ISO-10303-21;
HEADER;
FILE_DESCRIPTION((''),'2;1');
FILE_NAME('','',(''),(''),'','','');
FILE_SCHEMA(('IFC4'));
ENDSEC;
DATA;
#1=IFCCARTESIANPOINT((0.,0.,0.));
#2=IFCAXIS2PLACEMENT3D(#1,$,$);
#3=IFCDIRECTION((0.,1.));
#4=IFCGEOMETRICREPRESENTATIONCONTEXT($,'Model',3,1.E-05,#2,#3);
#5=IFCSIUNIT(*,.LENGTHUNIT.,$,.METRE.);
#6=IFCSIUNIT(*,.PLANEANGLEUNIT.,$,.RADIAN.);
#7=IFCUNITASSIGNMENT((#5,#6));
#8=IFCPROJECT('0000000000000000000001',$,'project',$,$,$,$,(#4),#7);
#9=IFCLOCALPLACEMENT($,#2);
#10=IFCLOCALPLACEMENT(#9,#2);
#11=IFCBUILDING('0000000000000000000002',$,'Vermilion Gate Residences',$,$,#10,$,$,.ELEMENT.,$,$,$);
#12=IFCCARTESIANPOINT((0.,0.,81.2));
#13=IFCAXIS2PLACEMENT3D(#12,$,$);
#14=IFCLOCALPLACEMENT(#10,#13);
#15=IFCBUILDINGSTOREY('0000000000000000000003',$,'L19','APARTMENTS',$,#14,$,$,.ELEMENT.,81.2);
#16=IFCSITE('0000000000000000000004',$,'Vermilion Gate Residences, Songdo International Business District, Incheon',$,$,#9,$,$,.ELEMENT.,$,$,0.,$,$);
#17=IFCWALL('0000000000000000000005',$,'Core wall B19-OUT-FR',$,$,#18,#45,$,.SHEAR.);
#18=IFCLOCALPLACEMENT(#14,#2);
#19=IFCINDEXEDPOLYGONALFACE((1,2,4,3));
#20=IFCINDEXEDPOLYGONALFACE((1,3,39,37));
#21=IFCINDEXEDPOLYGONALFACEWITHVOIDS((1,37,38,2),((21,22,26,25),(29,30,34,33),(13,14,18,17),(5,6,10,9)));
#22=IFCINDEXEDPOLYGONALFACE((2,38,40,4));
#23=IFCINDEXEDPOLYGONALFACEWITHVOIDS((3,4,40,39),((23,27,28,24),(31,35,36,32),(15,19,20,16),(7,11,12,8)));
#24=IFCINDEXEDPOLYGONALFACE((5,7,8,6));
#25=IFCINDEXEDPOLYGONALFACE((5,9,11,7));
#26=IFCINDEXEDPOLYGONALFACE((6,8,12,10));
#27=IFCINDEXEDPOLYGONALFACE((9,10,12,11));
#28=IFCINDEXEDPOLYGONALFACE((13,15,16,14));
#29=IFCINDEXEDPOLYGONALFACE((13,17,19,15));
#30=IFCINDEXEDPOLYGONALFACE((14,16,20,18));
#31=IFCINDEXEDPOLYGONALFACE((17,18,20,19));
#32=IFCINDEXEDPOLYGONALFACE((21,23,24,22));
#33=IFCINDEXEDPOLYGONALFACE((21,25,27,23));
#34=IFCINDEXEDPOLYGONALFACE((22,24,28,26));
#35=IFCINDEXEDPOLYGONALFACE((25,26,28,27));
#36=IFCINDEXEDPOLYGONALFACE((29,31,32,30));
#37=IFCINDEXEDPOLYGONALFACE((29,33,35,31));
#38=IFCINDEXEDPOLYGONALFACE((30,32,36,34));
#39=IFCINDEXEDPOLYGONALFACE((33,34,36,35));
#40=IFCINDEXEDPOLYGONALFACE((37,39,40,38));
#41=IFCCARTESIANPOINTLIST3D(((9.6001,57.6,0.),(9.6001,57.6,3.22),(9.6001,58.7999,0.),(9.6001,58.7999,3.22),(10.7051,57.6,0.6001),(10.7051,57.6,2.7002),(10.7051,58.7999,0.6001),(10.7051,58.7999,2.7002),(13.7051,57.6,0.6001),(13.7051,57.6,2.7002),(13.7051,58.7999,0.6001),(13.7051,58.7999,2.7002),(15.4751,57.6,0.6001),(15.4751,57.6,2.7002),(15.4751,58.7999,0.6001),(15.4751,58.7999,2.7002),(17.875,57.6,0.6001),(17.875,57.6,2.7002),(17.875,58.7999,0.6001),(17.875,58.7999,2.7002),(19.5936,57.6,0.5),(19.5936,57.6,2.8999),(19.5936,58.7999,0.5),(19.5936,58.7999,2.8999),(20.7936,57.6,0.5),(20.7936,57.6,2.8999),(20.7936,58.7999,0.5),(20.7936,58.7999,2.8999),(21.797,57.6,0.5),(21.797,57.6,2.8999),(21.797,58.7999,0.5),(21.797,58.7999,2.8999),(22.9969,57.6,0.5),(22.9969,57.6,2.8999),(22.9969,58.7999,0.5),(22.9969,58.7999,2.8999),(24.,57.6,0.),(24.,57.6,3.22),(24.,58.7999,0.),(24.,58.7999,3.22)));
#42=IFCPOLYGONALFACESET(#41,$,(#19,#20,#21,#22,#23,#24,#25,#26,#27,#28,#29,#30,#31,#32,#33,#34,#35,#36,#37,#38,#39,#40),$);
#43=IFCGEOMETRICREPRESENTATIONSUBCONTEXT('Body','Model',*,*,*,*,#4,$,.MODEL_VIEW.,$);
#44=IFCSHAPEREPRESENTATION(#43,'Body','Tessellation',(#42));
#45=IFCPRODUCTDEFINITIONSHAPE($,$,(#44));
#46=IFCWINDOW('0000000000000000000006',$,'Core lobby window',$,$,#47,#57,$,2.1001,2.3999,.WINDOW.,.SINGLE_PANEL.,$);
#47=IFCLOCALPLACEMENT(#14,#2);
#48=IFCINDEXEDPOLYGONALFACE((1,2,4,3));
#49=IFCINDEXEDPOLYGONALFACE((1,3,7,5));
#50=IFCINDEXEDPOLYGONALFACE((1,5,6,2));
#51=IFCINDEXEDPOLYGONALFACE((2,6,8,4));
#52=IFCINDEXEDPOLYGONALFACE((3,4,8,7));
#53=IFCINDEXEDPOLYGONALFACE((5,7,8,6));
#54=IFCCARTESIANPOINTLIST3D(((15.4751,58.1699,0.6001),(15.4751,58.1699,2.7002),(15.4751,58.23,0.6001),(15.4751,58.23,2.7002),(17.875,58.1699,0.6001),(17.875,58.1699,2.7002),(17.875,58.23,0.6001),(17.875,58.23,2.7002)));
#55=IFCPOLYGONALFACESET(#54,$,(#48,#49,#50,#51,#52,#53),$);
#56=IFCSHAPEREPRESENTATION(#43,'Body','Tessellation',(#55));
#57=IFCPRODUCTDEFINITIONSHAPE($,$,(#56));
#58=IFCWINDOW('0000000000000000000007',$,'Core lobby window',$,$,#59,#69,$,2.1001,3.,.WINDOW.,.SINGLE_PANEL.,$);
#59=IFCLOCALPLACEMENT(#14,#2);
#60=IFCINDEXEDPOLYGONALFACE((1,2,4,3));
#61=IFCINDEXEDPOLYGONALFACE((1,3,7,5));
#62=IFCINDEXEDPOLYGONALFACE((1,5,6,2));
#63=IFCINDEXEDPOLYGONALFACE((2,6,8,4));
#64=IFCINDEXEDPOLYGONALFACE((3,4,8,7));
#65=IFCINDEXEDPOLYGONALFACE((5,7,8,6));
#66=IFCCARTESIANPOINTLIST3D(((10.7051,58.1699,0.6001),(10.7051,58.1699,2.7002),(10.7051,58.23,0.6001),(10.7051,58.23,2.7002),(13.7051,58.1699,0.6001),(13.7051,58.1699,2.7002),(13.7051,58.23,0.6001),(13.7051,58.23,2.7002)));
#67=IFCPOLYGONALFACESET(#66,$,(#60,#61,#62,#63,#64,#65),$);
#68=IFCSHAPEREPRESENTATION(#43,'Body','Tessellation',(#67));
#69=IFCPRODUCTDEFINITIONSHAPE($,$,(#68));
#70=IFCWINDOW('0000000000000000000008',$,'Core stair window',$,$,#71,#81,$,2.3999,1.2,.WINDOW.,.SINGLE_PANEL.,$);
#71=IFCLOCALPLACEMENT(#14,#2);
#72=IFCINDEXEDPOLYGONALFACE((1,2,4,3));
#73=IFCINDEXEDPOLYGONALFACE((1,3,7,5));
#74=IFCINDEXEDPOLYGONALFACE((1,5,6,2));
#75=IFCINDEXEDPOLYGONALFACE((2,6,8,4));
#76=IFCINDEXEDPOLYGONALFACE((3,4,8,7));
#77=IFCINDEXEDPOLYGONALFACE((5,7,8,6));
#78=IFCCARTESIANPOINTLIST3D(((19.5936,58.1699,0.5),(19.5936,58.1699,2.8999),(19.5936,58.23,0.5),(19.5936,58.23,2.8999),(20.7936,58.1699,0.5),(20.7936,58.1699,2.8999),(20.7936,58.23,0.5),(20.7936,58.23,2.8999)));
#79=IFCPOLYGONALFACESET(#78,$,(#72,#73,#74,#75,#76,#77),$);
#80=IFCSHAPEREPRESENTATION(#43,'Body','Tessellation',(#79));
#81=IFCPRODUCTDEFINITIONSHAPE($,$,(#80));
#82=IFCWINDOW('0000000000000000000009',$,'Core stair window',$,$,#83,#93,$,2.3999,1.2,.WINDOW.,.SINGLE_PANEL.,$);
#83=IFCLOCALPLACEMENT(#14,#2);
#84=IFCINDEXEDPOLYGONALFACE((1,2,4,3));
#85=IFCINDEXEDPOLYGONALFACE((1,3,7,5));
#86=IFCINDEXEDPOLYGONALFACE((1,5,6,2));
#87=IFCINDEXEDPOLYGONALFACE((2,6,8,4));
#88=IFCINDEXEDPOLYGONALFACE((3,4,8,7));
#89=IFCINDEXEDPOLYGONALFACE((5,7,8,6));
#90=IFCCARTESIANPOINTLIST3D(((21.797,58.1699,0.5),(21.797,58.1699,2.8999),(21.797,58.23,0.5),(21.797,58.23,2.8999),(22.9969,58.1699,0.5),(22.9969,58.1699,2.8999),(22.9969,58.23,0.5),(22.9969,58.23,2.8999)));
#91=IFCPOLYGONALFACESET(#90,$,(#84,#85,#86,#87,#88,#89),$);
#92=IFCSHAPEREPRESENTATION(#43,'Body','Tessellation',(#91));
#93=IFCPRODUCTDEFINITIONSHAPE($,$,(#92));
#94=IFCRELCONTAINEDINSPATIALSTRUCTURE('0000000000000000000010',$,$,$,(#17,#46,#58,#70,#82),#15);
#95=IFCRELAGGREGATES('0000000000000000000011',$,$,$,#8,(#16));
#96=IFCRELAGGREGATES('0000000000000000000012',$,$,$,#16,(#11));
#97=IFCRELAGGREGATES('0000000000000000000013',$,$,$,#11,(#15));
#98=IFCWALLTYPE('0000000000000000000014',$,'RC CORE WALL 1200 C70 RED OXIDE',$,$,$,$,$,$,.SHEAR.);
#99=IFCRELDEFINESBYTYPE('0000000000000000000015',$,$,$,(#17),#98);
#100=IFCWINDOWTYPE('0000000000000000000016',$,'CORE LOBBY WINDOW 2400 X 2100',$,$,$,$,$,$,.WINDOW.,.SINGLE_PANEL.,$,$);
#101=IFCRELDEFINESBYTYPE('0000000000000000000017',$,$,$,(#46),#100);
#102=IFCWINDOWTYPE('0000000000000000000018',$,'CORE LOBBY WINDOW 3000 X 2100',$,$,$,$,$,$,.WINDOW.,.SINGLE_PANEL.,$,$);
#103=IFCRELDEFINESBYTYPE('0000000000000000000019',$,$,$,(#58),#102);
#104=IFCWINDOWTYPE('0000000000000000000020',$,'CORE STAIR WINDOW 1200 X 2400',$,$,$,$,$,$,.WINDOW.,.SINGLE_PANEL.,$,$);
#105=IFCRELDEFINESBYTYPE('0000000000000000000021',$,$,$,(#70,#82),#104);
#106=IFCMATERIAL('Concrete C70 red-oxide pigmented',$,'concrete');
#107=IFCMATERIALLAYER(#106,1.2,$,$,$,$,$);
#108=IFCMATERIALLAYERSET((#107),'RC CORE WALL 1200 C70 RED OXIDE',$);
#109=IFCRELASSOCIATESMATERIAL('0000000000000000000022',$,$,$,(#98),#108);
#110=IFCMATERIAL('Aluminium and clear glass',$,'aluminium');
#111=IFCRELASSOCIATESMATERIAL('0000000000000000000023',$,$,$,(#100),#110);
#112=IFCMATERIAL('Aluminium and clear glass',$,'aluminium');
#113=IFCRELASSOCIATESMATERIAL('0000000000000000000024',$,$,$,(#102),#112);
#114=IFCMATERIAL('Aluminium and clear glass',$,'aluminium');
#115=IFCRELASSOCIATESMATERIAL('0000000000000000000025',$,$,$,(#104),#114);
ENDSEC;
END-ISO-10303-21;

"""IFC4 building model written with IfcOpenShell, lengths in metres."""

from ifc_helpers import new_model, si_unit, direction, frame, frame_2d, origin, place, context, subcontext, project, spatial, rectangle, extrude, material, layer, layer_set, type_object, element, fill, save


model = new_model("IFC4")

# Units and contexts
model_context = context("Model", 3, precision=1e-05, world=origin(), true_north=direction((0.0, 1.0)))
body_context = subcontext(model_context, "Body", "Model", "MODEL_VIEW")
ifc_project = project(units=[si_unit("LENGTHUNIT", "METRE"), si_unit("PLANEANGLEUNIT", "RADIAN")], contexts=[model_context])

# Site, building, storey
site_placement = place(None, origin())
site = spatial("IfcSite", under=ifc_project, at=site_placement, Name="Vermilion Gate Residences, Songdo International Business District, Incheon", CompositionType="ELEMENT", RefElevation=0.0)
building_placement = place(site_placement, origin())
building = spatial("IfcBuilding", under=site, at=building_placement, Name="Vermilion Gate Residences", CompositionType="ELEMENT")
storey_placement = place(building_placement, frame((0.0, 0.0, 81.2)))
storey = spatial("IfcBuildingStorey", under=building, at=storey_placement, Name="L19", Description="APARTMENTS", CompositionType="ELEMENT", Elevation=81.2)

# Wall, openings, windows
ifc_material_1 = material(Name="Concrete C70 red-oxide pigmented", Category="concrete")
ifc_layer_1 = layer(ifc_material_1, 1.2)
ifc_layer_set_1 = layer_set([ifc_layer_1], Name="RC CORE WALL 1200 C70 RED OXIDE")
wall_type_1 = type_object("IfcWallType", Name="RC CORE WALL 1200 C70 RED OXIDE", PredefinedType="SHEAR", material=ifc_layer_set_1)
wall_1_placement = place(storey_placement, frame((9.6001, 58.2, 0.0), z_axis=(0.0, 0.0, 1.0), x_axis=(1.0, 0.0, 0.0)))
wall_1 = element("IfcWall", 1, at=wall_1_placement, inside=storey, type_object=wall_type_1, Name="Core wall B19-OUT-FR", PredefinedType="SHEAR", context=body_context, shape_type="SweptSolid", body=[
    extrude(rectangle(XDim=14.3999, YDim=1.2, at=frame_2d((7.2, 0.0))), origin(), (0.0, 0.0, 1.0), 3.22),
])
opening_1_placement = place(wall_1_placement, frame((1.105, 0.0, 0.6001)))
opening_1 = element("IfcOpeningElement", 2, at=opening_1_placement, cuts=wall_1, PredefinedType="OPENING", context=body_context, shape_type="SweptSolid", body=[
    extrude(rectangle(XDim=3.0, YDim=2.1001, at=frame_2d((1.5, 1.05))), frame((0.0, 0.6099, 0.0), z_axis=(0.0, -1.0, 0.0), x_axis=(1.0, 0.0, 0.0)), (0.0, 0.0, 1.0), 1.22),
])
opening_2_placement = place(wall_1_placement, frame((5.875, 0.0, 0.6001)))
opening_2 = element("IfcOpeningElement", 3, at=opening_2_placement, cuts=wall_1, PredefinedType="OPENING", context=body_context, shape_type="SweptSolid", body=[
    extrude(rectangle(XDim=2.3999, YDim=2.1001, at=frame_2d((1.2, 1.05))), frame((0.0, 0.6099, 0.0), z_axis=(0.0, -1.0, 0.0), x_axis=(1.0, 0.0, 0.0)), (0.0, 0.0, 1.0), 1.22),
])
opening_3_placement = place(wall_1_placement, frame((9.9934, 0.0, 0.5)))
opening_3 = element("IfcOpeningElement", 4, at=opening_3_placement, cuts=wall_1, PredefinedType="OPENING", context=body_context, shape_type="SweptSolid", body=[
    extrude(rectangle(XDim=1.2, YDim=2.3999, at=frame_2d((0.6001, 1.2))), frame((0.0, 0.6099, 0.0), z_axis=(0.0, -1.0, 0.0), x_axis=(1.0, 0.0, 0.0)), (0.0, 0.0, 1.0), 1.22),
])
opening_4_placement = place(wall_1_placement, frame((12.1968, 0.0, 0.5)))
opening_4 = element("IfcOpeningElement", 5, at=opening_4_placement, cuts=wall_1, PredefinedType="OPENING", context=body_context, shape_type="SweptSolid", body=[
    extrude(rectangle(XDim=1.2, YDim=2.3999, at=frame_2d((0.6001, 1.2))), frame((0.0, 0.6099, 0.0), z_axis=(0.0, -1.0, 0.0), x_axis=(1.0, 0.0, 0.0)), (0.0, 0.0, 1.0), 1.22),
])
ifc_material_2 = material(Name="Aluminium and clear glass", Category="aluminium")
window_type_1 = type_object("IfcWindowType", Name="CORE LOBBY WINDOW 2400 X 2100", PartitioningType="SINGLE_PANEL", PredefinedType="WINDOW", material=ifc_material_2)
window_1_placement = place(opening_2_placement, origin())
window_1 = element("IfcWindow", 6, at=window_1_placement, inside=storey, type_object=window_type_1, Name="Core lobby window", OverallHeight=2.1001, OverallWidth=2.3999, PartitioningType="SINGLE_PANEL", PredefinedType="WINDOW", context=body_context, shape_type="SweptSolid", body=[
    extrude(rectangle(XDim=2.3999, YDim=2.1001, at=frame_2d((1.2, 1.05))), frame((0.0, 0.03, 0.0), z_axis=(0.0, -1.0, 0.0), x_axis=(1.0, 0.0, 0.0)), (0.0, 0.0, 1.0), 0.0601),
])
fill(opening_2, window_1)
ifc_material_3 = material(Name="Aluminium and clear glass", Category="aluminium")
window_type_2 = type_object("IfcWindowType", Name="CORE LOBBY WINDOW 3000 X 2100", PartitioningType="SINGLE_PANEL", PredefinedType="WINDOW", material=ifc_material_3)
window_2_placement = place(opening_1_placement, origin())
window_2 = element("IfcWindow", 7, at=window_2_placement, inside=storey, type_object=window_type_2, Name="Core lobby window", OverallHeight=2.1001, OverallWidth=3.0, PartitioningType="SINGLE_PANEL", PredefinedType="WINDOW", context=body_context, shape_type="SweptSolid", body=[
    extrude(rectangle(XDim=3.0, YDim=2.1001, at=frame_2d((1.5, 1.05))), frame((0.0, 0.03, 0.0), z_axis=(0.0, -1.0, 0.0), x_axis=(1.0, 0.0, 0.0)), (0.0, 0.0, 1.0), 0.0601),
])
fill(opening_1, window_2)
ifc_material_4 = material(Name="Aluminium and clear glass", Category="aluminium")
window_type_3 = type_object("IfcWindowType", Name="CORE STAIR WINDOW 1200 X 2400", PartitioningType="SINGLE_PANEL", PredefinedType="WINDOW", material=ifc_material_4)
window_3_placement = place(opening_3_placement, origin())
window_3 = element("IfcWindow", 8, at=window_3_placement, inside=storey, type_object=window_type_3, Name="Core stair window", OverallHeight=2.3999, OverallWidth=1.2, PartitioningType="SINGLE_PANEL", PredefinedType="WINDOW", context=body_context, shape_type="SweptSolid", body=[
    extrude(rectangle(XDim=1.2, YDim=2.3999, at=frame_2d((0.6001, 1.2))), frame((0.0, 0.03, 0.0), z_axis=(0.0, -1.0, 0.0), x_axis=(1.0, 0.0, 0.0)), (0.0, 0.0, 1.0), 0.0601),
])
fill(opening_3, window_3)
window_4_placement = place(opening_4_placement, origin())
window_4 = element("IfcWindow", 9, at=window_4_placement, inside=storey, type_object=window_type_3, Name="Core stair window", OverallHeight=2.3999, OverallWidth=1.2, PartitioningType="SINGLE_PANEL", PredefinedType="WINDOW", context=body_context, shape_type="SweptSolid", body=[
    extrude(rectangle(XDim=1.2, YDim=2.3999, at=frame_2d((0.6001, 1.2))), frame((0.0, 0.03, 0.0), z_axis=(0.0, -1.0, 0.0), x_axis=(1.0, 0.0, 0.0)), (0.0, 0.0, 1.0), 0.0601),
])
fill(opening_4, window_4)

save(model, "model.ifc")
